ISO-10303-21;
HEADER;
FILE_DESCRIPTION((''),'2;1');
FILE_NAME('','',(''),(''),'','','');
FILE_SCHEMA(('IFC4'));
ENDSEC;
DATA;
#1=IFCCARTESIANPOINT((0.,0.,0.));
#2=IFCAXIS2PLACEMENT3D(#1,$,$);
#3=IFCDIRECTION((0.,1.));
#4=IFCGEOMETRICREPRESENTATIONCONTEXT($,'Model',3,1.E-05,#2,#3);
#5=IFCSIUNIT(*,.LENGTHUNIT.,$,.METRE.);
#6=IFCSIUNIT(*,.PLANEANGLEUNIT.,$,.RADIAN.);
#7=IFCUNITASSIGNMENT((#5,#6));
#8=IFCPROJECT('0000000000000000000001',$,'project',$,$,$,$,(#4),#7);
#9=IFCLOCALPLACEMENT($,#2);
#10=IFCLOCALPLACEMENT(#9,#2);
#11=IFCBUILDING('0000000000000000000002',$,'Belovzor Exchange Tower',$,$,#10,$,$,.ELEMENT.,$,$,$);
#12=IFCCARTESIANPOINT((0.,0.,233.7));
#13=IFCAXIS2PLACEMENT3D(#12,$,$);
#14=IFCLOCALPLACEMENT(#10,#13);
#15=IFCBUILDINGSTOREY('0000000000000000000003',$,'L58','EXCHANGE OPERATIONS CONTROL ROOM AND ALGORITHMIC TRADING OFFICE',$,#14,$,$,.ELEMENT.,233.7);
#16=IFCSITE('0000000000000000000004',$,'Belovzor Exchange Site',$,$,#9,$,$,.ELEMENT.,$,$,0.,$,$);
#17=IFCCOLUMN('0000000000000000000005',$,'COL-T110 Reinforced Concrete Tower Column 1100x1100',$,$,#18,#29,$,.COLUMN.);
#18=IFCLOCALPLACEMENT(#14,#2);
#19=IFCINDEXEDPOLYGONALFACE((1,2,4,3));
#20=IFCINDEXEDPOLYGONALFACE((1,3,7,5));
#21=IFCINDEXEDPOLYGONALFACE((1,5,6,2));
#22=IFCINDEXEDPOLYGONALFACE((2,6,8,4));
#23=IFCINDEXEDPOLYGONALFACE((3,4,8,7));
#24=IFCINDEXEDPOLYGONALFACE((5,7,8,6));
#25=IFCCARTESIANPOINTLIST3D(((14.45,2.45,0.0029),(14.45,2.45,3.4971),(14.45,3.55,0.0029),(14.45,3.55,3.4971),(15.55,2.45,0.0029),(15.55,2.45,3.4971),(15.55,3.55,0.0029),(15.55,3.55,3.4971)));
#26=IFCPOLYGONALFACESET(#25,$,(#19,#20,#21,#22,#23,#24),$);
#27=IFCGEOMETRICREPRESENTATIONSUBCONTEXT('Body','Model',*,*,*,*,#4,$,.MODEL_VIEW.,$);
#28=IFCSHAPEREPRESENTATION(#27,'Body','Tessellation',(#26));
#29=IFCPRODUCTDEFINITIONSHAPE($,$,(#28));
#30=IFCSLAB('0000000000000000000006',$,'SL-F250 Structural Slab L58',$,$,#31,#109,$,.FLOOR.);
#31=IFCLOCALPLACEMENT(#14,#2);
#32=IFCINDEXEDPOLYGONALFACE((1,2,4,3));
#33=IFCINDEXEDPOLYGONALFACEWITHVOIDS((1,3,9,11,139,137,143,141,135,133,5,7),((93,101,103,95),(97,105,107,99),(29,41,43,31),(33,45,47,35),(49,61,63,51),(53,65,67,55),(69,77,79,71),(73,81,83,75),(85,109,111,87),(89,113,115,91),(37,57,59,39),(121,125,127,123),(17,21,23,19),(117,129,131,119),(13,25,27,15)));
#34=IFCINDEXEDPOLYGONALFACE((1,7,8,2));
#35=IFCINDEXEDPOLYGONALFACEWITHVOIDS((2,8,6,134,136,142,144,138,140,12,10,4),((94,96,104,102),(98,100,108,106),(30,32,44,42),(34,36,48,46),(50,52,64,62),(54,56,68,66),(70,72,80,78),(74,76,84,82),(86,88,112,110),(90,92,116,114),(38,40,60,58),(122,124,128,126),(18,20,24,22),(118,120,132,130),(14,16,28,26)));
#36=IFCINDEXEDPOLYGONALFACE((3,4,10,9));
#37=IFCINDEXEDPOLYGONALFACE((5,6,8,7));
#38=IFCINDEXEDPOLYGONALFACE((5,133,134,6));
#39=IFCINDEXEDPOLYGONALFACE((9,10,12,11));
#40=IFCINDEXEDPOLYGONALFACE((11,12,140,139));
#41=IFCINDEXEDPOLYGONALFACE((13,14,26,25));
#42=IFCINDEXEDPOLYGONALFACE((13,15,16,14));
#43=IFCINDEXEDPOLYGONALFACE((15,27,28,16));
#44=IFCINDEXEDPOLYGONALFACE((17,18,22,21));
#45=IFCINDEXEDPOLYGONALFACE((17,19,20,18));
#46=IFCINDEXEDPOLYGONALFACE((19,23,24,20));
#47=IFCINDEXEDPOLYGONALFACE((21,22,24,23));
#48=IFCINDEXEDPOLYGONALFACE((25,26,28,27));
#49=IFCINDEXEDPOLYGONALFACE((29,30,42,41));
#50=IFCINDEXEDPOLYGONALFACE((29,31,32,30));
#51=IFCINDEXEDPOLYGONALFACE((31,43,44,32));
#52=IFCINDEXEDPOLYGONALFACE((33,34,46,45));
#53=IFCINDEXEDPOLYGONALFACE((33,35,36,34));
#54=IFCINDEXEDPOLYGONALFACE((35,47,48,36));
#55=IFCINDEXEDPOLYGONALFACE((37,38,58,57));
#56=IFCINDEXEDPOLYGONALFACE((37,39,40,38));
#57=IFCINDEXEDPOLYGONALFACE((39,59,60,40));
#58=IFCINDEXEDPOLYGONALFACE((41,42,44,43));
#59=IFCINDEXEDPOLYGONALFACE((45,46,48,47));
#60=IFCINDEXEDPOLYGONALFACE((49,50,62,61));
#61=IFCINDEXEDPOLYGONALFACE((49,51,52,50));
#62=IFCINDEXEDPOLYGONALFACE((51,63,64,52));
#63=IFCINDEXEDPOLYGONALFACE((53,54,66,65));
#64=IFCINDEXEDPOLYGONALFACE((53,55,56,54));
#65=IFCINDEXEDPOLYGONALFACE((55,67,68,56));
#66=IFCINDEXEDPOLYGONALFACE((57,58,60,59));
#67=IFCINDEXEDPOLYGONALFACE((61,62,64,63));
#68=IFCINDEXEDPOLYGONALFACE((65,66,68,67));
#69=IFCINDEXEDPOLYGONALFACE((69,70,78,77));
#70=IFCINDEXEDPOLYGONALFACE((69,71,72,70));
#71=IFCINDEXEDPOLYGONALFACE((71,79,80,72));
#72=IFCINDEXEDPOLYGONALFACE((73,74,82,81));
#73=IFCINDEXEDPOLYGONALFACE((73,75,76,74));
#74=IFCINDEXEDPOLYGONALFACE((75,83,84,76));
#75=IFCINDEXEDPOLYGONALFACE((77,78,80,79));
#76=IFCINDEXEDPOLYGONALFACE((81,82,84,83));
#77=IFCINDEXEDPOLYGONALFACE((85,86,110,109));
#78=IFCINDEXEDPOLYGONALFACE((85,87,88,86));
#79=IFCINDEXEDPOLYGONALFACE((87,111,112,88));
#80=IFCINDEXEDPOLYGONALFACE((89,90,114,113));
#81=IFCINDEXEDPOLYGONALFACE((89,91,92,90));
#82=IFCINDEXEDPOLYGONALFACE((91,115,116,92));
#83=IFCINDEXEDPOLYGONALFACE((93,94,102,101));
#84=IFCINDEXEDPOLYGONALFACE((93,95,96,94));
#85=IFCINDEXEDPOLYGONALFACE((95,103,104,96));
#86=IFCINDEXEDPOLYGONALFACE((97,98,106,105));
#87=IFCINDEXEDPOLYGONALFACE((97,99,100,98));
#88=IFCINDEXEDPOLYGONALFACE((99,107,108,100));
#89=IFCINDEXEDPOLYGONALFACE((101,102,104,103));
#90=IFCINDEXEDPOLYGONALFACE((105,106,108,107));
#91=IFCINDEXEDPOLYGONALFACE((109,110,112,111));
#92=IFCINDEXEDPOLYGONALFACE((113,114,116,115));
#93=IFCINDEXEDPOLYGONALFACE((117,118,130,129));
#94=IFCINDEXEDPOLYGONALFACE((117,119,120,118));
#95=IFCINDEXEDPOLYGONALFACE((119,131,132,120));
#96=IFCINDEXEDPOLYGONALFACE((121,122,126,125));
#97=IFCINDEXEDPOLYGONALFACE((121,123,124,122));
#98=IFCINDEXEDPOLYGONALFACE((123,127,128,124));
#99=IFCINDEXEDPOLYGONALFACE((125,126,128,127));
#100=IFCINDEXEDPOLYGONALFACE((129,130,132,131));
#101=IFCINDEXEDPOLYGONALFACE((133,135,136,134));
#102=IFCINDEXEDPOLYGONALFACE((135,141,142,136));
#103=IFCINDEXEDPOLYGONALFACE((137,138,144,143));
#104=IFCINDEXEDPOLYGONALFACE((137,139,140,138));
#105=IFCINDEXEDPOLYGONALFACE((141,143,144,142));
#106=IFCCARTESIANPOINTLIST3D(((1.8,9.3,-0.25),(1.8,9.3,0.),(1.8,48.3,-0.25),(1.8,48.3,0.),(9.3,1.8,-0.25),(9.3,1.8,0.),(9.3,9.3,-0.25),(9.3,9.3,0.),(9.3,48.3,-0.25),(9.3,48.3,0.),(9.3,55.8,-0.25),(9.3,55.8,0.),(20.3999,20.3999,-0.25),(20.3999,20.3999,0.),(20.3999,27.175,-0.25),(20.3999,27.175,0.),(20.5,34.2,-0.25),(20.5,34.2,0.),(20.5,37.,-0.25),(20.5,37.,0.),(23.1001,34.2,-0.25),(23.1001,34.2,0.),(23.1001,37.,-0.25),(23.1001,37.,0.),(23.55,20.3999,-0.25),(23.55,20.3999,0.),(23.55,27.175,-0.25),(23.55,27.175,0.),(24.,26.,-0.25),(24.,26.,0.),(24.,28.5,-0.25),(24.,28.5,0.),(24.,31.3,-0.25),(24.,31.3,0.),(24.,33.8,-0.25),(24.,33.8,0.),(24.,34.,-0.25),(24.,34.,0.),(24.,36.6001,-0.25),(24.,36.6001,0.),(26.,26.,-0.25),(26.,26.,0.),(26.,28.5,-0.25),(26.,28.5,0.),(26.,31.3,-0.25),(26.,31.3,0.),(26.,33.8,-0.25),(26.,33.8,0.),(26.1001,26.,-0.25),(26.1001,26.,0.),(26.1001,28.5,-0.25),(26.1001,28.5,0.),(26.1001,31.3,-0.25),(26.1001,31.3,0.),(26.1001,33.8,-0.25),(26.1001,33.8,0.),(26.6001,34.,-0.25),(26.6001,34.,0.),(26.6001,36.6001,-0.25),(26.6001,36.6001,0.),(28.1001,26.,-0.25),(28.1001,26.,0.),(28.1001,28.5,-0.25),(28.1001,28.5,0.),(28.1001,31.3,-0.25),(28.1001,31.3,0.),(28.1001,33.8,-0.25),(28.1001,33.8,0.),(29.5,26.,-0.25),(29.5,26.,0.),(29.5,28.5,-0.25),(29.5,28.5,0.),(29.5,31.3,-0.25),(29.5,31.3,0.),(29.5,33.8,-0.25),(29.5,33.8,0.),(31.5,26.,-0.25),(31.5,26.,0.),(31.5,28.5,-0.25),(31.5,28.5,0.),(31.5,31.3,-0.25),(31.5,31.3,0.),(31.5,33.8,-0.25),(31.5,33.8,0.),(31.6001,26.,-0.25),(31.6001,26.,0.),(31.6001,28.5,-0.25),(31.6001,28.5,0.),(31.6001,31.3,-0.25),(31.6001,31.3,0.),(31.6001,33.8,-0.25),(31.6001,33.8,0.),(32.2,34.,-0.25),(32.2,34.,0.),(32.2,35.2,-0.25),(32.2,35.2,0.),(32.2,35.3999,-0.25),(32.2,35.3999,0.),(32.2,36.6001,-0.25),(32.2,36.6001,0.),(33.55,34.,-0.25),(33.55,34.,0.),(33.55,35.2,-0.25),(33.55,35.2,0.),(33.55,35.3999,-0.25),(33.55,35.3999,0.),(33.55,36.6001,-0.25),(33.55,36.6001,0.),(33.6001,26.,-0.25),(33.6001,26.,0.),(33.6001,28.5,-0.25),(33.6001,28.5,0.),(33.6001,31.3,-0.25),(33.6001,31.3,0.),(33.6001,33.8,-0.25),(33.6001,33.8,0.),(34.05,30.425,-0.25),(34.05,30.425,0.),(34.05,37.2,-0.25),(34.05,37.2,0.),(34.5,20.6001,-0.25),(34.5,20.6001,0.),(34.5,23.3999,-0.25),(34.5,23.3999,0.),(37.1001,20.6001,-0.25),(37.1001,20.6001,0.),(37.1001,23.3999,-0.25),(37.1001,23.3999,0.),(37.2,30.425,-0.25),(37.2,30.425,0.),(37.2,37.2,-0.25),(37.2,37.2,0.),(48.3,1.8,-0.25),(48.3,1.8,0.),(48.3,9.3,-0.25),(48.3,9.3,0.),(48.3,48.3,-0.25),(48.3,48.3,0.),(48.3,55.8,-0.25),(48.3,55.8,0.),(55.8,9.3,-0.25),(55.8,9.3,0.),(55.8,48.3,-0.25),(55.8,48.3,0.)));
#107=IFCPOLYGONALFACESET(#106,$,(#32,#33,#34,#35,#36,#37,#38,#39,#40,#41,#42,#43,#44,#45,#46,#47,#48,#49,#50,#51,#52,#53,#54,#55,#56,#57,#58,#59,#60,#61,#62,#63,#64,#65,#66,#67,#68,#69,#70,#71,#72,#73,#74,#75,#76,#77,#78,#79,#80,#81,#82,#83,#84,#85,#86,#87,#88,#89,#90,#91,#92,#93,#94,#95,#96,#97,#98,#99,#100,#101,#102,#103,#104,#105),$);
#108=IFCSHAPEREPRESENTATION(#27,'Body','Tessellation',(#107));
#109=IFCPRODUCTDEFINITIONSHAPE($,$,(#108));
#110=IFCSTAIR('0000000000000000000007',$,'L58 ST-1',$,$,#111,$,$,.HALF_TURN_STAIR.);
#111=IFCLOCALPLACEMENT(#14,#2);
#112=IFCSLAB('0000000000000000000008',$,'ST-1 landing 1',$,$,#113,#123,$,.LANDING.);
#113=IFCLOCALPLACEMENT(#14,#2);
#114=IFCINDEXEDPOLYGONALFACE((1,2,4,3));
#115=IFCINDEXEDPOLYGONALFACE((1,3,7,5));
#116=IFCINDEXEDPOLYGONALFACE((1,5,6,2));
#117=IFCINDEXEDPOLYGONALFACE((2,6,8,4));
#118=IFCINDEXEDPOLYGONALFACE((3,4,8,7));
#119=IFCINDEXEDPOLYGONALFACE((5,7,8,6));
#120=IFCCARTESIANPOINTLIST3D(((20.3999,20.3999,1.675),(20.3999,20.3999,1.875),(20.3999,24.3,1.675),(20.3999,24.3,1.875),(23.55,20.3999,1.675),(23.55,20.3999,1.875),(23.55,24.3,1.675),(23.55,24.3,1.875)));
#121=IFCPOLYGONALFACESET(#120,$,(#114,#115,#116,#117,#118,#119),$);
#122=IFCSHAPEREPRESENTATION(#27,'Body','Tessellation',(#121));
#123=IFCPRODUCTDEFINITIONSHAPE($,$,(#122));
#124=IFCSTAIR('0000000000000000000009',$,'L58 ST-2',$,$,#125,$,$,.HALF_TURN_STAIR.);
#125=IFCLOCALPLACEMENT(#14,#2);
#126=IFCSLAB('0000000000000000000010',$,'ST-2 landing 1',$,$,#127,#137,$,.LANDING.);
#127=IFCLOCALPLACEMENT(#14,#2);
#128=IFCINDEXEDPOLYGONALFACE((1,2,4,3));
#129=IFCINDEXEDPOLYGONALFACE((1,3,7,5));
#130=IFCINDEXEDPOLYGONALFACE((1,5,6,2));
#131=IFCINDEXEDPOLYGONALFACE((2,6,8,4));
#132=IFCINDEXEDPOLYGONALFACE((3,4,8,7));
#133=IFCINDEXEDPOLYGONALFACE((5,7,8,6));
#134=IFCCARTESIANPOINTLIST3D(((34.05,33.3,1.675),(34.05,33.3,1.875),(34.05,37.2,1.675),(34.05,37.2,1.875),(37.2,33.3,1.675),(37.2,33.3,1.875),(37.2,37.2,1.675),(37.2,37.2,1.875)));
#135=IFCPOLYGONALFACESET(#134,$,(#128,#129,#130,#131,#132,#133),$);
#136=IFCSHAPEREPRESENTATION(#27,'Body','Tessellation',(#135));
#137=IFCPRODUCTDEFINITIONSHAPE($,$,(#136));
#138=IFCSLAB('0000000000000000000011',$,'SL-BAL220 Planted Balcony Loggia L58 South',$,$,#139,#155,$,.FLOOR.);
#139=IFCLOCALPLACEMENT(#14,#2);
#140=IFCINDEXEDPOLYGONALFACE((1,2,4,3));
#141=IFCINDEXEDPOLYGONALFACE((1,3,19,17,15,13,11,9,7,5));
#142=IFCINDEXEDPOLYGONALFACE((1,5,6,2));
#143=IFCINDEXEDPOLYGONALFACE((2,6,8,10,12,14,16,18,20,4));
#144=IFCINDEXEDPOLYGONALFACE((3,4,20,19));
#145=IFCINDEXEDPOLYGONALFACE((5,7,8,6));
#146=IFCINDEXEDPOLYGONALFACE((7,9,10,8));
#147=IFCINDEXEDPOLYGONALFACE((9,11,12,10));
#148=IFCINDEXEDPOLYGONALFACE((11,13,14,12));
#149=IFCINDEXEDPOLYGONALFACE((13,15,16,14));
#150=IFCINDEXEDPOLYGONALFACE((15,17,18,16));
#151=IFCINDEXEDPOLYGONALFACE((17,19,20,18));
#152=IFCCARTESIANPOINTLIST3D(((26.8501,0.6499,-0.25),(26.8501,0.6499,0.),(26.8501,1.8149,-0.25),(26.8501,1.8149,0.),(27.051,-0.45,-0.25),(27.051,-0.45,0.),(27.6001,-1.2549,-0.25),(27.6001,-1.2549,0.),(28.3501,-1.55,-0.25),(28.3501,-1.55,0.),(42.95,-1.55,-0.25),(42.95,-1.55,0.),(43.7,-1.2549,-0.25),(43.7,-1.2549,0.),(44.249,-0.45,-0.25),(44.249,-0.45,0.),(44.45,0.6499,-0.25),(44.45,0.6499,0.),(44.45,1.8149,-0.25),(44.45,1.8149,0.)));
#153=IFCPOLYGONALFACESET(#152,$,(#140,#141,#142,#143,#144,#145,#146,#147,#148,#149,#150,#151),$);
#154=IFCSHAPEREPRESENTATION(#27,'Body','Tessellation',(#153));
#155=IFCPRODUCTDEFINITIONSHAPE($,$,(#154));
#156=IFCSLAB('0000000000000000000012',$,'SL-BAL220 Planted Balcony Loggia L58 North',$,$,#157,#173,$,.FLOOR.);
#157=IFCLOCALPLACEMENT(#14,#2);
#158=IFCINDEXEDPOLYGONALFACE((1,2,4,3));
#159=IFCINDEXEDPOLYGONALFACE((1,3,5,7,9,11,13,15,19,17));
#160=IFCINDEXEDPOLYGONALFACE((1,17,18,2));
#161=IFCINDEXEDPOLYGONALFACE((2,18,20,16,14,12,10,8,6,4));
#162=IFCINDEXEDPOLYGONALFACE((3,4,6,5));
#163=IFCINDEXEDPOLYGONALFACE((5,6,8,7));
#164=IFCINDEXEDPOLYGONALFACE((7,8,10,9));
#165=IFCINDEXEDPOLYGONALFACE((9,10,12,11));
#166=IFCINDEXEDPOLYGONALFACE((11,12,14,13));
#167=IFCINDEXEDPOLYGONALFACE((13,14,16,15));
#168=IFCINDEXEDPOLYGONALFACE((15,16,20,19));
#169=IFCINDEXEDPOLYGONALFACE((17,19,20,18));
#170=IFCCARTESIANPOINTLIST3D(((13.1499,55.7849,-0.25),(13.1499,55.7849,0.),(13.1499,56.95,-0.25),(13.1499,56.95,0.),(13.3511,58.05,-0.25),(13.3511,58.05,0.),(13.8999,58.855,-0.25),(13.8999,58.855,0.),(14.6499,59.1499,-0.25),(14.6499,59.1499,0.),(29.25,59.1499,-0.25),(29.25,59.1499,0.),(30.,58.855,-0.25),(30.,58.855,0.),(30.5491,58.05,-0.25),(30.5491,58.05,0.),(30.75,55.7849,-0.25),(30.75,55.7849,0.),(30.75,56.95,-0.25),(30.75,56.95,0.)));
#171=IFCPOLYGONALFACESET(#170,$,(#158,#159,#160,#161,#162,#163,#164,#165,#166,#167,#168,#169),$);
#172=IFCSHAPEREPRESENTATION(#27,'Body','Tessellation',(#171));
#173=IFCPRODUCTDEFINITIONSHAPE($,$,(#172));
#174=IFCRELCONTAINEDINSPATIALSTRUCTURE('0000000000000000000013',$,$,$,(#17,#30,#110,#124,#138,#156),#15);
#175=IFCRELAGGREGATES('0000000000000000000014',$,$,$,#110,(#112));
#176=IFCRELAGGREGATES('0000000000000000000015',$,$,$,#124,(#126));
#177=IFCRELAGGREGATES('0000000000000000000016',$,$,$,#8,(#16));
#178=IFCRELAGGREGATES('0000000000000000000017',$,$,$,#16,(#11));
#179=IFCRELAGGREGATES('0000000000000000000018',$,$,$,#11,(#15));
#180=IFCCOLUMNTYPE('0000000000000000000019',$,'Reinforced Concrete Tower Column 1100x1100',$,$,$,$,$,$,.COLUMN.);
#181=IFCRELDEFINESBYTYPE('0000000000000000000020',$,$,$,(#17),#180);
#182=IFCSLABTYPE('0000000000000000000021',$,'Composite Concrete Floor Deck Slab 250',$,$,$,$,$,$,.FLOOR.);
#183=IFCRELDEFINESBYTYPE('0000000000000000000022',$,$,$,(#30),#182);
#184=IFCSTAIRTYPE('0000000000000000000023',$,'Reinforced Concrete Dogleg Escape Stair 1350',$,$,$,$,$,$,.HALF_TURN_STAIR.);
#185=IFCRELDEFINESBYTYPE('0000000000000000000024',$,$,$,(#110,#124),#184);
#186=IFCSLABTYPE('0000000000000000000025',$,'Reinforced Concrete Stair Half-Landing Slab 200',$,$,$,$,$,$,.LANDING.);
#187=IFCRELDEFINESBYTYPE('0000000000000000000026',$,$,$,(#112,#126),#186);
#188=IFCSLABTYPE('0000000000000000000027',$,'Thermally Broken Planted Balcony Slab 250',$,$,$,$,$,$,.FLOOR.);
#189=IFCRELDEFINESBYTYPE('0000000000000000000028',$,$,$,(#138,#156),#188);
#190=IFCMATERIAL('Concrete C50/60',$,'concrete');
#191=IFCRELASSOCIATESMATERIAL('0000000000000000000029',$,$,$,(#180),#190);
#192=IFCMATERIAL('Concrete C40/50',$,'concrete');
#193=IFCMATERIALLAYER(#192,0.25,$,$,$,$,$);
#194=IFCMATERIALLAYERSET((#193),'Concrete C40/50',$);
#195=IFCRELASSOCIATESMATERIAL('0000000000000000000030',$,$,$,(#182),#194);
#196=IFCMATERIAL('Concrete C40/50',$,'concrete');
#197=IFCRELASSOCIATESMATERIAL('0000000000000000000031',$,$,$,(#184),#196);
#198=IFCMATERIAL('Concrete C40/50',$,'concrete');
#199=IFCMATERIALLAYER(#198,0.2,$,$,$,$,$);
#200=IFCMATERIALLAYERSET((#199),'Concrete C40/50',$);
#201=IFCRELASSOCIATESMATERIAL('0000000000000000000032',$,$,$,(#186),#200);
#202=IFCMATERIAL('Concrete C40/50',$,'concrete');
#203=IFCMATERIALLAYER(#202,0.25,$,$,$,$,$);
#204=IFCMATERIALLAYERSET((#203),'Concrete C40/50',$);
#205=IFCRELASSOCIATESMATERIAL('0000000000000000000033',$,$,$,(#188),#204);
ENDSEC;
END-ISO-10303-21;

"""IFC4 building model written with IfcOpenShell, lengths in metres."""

from ifc_helpers import new_model, si_unit, direction, frame, origin, origin_2d, place, context, subcontext, project, spatial, polyline, rectangle, outline, extrude, material, layer, layer_set, material_profile, profile_set, type_object, element, aggregate, save


model = new_model("IFC4")

# Units and contexts
model_context = context("Model", 3, precision=1e-05, world=origin(), true_north=direction((0.0, 1.0)))
body_context = subcontext(model_context, "Body", "Model", "MODEL_VIEW")
ifc_project = project(units=[si_unit("LENGTHUNIT", "METRE"), si_unit("PLANEANGLEUNIT", "RADIAN")], contexts=[model_context])

# Site, building, storey
site_placement = place(None, origin())
site = spatial("IfcSite", under=ifc_project, at=site_placement, Name="Belovzor Exchange Site", CompositionType="ELEMENT", RefElevation=0.0)
building_placement = place(site_placement, origin())
building = spatial("IfcBuilding", under=site, at=building_placement, Name="Belovzor Exchange Tower", CompositionType="ELEMENT")
storey_placement = place(building_placement, frame((0.0, 0.0, 233.7)))
storey = spatial("IfcBuildingStorey", under=building, at=storey_placement, Name="L58", Description="EXCHANGE OPERATIONS CONTROL ROOM AND ALGORITHMIC TRADING OFFICE", CompositionType="ELEMENT", Elevation=233.7)

# Column
ifc_material_1 = material(Name="Concrete C50/60", Category="concrete")
ifc_material_profile = material_profile(ifc_material_1, rectangle(XDim=1.1001, YDim=1.1001, at=origin_2d()))
ifc_profile_set = profile_set([ifc_material_profile], Name="Concrete C50/60")
column_type = type_object("IfcColumnType", Name="Reinforced Concrete Tower Column 1100x1100", PredefinedType="COLUMN", material=ifc_profile_set)
column_placement = place(storey_placement, frame((15.0, 3.0, 0.0029), z_axis=(0.0, 0.0, 1.0), x_axis=(1.0, 0.0, 0.0)))
element("IfcColumn", 1, at=column_placement, inside=storey, type_object=column_type, Name="COL-T110 Reinforced Concrete Tower Column 1100x1100", PredefinedType="COLUMN", context=body_context, shape_type="SweptSolid", body=[
    extrude(rectangle(XDim=1.1001, YDim=1.1001, at=origin_2d()), origin(), (0.0, 0.0, 1.0), 3.4941),
])

# Slab
ifc_material_2 = material(Name="Concrete C40/50", Category="concrete")
ifc_layer_1 = layer(ifc_material_2, 0.25)
ifc_layer_set_1 = layer_set([ifc_layer_1], Name="Concrete C40/50")
slab_type_1 = type_object("IfcSlabType", Name="Composite Concrete Floor Deck Slab 250", PredefinedType="FLOOR", material=ifc_layer_set_1)
slab_1_placement = place(storey_placement, frame((0.0, 0.0, -0.25)))
element("IfcSlab", 2, at=slab_1_placement, inside=storey, type_object=slab_type_1, Name="SL-F250 Structural Slab L58", PredefinedType="FLOOR", context=body_context, shape_type="SweptSolid", body=[
    extrude(outline(polyline([(9.3, 1.8), (48.3, 1.8), (48.3, 9.3), (55.8, 9.3), (55.8, 48.3), (48.3, 48.3), (48.3, 55.8), (9.3, 55.8), (9.3, 48.3), (1.8, 48.3), (1.8, 9.3), (9.3, 9.3), (9.3, 1.8)]), holes=[polyline([(20.3999, 27.175), (20.3999, 20.3999), (23.55, 20.3999), (23.55, 27.175), (20.3999, 27.175)]), polyline([(37.2, 30.425), (37.2, 37.2), (34.05, 37.2), (34.05, 30.425), (37.2, 30.425)]), polyline([(20.5, 34.2), (23.1001, 34.2), (23.1001, 37.0), (20.5, 37.0), (20.5, 34.2)]), polyline([(34.5, 20.6001), (37.1001, 20.6001), (37.1001, 23.3999), (34.5, 23.3999), (34.5, 20.6001)]), polyline([(24.0, 34.0), (26.6001, 34.0), (26.6001, 36.6001), (24.0, 36.6001), (24.0, 34.0)]), polyline([(24.0, 26.0), (26.0, 26.0), (26.0, 28.5), (24.0, 28.5), (24.0, 26.0)]), polyline([(26.1001, 26.0), (28.1001, 26.0), (28.1001, 28.5), (26.1001, 28.5), (26.1001, 26.0)]), polyline([(29.5, 26.0), (31.5, 26.0), (31.5, 28.5), (29.5, 28.5), (29.5, 26.0)]), polyline([(31.6001, 26.0), (33.6001, 26.0), (33.6001, 28.5), (31.6001, 28.5), (31.6001, 26.0)]), polyline([(24.0, 31.3), (26.0, 31.3), (26.0, 33.8), (24.0, 33.8), (24.0, 31.3)]), polyline([(26.1001, 31.3), (28.1001, 31.3), (28.1001, 33.8), (26.1001, 33.8), (26.1001, 31.3)]), polyline([(29.5, 31.3), (31.5, 31.3), (31.5, 33.8), (29.5, 33.8), (29.5, 31.3)]), polyline([(31.6001, 31.3), (33.6001, 31.3), (33.6001, 33.8), (31.6001, 33.8), (31.6001, 31.3)]), polyline([(32.2, 34.0), (33.55, 34.0), (33.55, 35.2), (32.2, 35.2), (32.2, 34.0)]), polyline([(32.2, 35.3999), (33.55, 35.3999), (33.55, 36.6001), (32.2, 36.6001), (32.2, 35.3999)])]), origin(), (0.0, 0.0, 1.0), 0.25),
])

# Stairs, slabs
ifc_material_3 = material(Name="Concrete C40/50", Category="concrete")
stair_type = type_object("IfcStairType", Name="Reinforced Concrete Dogleg Escape Stair 1350", PredefinedType="HALF_TURN_STAIR", material=ifc_material_3)
stair_1_placement = place(storey_placement, origin())
stair_1 = element("IfcStair", 3, at=stair_1_placement, inside=storey, type_object=stair_type, Name="L58 ST-1", PredefinedType="HALF_TURN_STAIR")
ifc_material_4 = material(Name="Concrete C40/50", Category="concrete")
ifc_layer_2 = layer(ifc_material_4, 0.2)
ifc_layer_set_2 = layer_set([ifc_layer_2], Name="Concrete C40/50")
slab_type_2 = type_object("IfcSlabType", Name="Reinforced Concrete Stair Half-Landing Slab 200", PredefinedType="LANDING", material=ifc_layer_set_2)
slab_2_placement = place(storey_placement, frame((0.0, 0.0, 1.675)))
slab_2 = element("IfcSlab", 4, at=slab_2_placement, type_object=slab_type_2, Name="ST-1 landing 1", PredefinedType="LANDING", context=body_context, shape_type="SweptSolid", body=[
    extrude(outline(polyline([(20.3999, 24.3), (20.3999, 20.3999), (23.55, 20.3999), (23.55, 24.3), (20.3999, 24.3)])), origin(), (0.0, 0.0, 1.0), 0.2),
])
aggregate(stair_1, [slab_2])
stair_2_placement = place(storey_placement, origin())
stair_2 = element("IfcStair", 5, at=stair_2_placement, inside=storey, type_object=stair_type, Name="L58 ST-2", PredefinedType="HALF_TURN_STAIR")
slab_3_placement = place(storey_placement, frame((0.0, 0.0, 1.675)))
slab_3 = element("IfcSlab", 6, at=slab_3_placement, type_object=slab_type_2, Name="ST-2 landing 1", PredefinedType="LANDING", context=body_context, shape_type="SweptSolid", body=[
    extrude(outline(polyline([(37.2, 33.3), (37.2, 37.2), (34.05, 37.2), (34.05, 33.3), (37.2, 33.3)])), origin(), (0.0, 0.0, 1.0), 0.2),
])
aggregate(stair_2, [slab_3])

# Slabs
ifc_material_5 = material(Name="Concrete C40/50", Category="concrete")
ifc_layer_3 = layer(ifc_material_5, 0.25)
ifc_layer_set_3 = layer_set([ifc_layer_3], Name="Concrete C40/50")
slab_type_3 = type_object("IfcSlabType", Name="Thermally Broken Planted Balcony Slab 250", PredefinedType="FLOOR", material=ifc_layer_set_3)
slab_4_placement = place(storey_placement, frame((0.0, 0.0, -0.25)))
element("IfcSlab", 7, at=slab_4_placement, inside=storey, type_object=slab_type_3, Name="SL-BAL220 Planted Balcony Loggia L58 South", PredefinedType="FLOOR", context=body_context, shape_type="SweptSolid", body=[
    extrude(outline(polyline([(26.8501, 1.8149), (26.8501, 0.6499), (27.051, -0.45), (27.6001, -1.2549), (28.3501, -1.55), (42.95, -1.55), (43.7, -1.2549), (44.249, -0.45), (44.45, 0.6499), (44.45, 1.8149), (26.8501, 1.8149)])), origin(), (0.0, 0.0, 1.0), 0.25),
])
slab_5_placement = place(storey_placement, frame((0.0, 0.0, -0.25)))
element("IfcSlab", 8, at=slab_5_placement, inside=storey, type_object=slab_type_3, Name="SL-BAL220 Planted Balcony Loggia L58 North", PredefinedType="FLOOR", context=body_context, shape_type="SweptSolid", body=[
    extrude(outline(polyline([(30.75, 55.7849), (30.75, 56.95), (30.5491, 58.05), (30.0, 58.855), (29.25, 59.1499), (14.6499, 59.1499), (13.8999, 58.855), (13.3511, 58.05), (13.1499, 56.95), (13.1499, 55.7849), (30.75, 55.7849)])), origin(), (0.0, 0.0, 1.0), 0.25),
])

save(model, "model.ifc")
